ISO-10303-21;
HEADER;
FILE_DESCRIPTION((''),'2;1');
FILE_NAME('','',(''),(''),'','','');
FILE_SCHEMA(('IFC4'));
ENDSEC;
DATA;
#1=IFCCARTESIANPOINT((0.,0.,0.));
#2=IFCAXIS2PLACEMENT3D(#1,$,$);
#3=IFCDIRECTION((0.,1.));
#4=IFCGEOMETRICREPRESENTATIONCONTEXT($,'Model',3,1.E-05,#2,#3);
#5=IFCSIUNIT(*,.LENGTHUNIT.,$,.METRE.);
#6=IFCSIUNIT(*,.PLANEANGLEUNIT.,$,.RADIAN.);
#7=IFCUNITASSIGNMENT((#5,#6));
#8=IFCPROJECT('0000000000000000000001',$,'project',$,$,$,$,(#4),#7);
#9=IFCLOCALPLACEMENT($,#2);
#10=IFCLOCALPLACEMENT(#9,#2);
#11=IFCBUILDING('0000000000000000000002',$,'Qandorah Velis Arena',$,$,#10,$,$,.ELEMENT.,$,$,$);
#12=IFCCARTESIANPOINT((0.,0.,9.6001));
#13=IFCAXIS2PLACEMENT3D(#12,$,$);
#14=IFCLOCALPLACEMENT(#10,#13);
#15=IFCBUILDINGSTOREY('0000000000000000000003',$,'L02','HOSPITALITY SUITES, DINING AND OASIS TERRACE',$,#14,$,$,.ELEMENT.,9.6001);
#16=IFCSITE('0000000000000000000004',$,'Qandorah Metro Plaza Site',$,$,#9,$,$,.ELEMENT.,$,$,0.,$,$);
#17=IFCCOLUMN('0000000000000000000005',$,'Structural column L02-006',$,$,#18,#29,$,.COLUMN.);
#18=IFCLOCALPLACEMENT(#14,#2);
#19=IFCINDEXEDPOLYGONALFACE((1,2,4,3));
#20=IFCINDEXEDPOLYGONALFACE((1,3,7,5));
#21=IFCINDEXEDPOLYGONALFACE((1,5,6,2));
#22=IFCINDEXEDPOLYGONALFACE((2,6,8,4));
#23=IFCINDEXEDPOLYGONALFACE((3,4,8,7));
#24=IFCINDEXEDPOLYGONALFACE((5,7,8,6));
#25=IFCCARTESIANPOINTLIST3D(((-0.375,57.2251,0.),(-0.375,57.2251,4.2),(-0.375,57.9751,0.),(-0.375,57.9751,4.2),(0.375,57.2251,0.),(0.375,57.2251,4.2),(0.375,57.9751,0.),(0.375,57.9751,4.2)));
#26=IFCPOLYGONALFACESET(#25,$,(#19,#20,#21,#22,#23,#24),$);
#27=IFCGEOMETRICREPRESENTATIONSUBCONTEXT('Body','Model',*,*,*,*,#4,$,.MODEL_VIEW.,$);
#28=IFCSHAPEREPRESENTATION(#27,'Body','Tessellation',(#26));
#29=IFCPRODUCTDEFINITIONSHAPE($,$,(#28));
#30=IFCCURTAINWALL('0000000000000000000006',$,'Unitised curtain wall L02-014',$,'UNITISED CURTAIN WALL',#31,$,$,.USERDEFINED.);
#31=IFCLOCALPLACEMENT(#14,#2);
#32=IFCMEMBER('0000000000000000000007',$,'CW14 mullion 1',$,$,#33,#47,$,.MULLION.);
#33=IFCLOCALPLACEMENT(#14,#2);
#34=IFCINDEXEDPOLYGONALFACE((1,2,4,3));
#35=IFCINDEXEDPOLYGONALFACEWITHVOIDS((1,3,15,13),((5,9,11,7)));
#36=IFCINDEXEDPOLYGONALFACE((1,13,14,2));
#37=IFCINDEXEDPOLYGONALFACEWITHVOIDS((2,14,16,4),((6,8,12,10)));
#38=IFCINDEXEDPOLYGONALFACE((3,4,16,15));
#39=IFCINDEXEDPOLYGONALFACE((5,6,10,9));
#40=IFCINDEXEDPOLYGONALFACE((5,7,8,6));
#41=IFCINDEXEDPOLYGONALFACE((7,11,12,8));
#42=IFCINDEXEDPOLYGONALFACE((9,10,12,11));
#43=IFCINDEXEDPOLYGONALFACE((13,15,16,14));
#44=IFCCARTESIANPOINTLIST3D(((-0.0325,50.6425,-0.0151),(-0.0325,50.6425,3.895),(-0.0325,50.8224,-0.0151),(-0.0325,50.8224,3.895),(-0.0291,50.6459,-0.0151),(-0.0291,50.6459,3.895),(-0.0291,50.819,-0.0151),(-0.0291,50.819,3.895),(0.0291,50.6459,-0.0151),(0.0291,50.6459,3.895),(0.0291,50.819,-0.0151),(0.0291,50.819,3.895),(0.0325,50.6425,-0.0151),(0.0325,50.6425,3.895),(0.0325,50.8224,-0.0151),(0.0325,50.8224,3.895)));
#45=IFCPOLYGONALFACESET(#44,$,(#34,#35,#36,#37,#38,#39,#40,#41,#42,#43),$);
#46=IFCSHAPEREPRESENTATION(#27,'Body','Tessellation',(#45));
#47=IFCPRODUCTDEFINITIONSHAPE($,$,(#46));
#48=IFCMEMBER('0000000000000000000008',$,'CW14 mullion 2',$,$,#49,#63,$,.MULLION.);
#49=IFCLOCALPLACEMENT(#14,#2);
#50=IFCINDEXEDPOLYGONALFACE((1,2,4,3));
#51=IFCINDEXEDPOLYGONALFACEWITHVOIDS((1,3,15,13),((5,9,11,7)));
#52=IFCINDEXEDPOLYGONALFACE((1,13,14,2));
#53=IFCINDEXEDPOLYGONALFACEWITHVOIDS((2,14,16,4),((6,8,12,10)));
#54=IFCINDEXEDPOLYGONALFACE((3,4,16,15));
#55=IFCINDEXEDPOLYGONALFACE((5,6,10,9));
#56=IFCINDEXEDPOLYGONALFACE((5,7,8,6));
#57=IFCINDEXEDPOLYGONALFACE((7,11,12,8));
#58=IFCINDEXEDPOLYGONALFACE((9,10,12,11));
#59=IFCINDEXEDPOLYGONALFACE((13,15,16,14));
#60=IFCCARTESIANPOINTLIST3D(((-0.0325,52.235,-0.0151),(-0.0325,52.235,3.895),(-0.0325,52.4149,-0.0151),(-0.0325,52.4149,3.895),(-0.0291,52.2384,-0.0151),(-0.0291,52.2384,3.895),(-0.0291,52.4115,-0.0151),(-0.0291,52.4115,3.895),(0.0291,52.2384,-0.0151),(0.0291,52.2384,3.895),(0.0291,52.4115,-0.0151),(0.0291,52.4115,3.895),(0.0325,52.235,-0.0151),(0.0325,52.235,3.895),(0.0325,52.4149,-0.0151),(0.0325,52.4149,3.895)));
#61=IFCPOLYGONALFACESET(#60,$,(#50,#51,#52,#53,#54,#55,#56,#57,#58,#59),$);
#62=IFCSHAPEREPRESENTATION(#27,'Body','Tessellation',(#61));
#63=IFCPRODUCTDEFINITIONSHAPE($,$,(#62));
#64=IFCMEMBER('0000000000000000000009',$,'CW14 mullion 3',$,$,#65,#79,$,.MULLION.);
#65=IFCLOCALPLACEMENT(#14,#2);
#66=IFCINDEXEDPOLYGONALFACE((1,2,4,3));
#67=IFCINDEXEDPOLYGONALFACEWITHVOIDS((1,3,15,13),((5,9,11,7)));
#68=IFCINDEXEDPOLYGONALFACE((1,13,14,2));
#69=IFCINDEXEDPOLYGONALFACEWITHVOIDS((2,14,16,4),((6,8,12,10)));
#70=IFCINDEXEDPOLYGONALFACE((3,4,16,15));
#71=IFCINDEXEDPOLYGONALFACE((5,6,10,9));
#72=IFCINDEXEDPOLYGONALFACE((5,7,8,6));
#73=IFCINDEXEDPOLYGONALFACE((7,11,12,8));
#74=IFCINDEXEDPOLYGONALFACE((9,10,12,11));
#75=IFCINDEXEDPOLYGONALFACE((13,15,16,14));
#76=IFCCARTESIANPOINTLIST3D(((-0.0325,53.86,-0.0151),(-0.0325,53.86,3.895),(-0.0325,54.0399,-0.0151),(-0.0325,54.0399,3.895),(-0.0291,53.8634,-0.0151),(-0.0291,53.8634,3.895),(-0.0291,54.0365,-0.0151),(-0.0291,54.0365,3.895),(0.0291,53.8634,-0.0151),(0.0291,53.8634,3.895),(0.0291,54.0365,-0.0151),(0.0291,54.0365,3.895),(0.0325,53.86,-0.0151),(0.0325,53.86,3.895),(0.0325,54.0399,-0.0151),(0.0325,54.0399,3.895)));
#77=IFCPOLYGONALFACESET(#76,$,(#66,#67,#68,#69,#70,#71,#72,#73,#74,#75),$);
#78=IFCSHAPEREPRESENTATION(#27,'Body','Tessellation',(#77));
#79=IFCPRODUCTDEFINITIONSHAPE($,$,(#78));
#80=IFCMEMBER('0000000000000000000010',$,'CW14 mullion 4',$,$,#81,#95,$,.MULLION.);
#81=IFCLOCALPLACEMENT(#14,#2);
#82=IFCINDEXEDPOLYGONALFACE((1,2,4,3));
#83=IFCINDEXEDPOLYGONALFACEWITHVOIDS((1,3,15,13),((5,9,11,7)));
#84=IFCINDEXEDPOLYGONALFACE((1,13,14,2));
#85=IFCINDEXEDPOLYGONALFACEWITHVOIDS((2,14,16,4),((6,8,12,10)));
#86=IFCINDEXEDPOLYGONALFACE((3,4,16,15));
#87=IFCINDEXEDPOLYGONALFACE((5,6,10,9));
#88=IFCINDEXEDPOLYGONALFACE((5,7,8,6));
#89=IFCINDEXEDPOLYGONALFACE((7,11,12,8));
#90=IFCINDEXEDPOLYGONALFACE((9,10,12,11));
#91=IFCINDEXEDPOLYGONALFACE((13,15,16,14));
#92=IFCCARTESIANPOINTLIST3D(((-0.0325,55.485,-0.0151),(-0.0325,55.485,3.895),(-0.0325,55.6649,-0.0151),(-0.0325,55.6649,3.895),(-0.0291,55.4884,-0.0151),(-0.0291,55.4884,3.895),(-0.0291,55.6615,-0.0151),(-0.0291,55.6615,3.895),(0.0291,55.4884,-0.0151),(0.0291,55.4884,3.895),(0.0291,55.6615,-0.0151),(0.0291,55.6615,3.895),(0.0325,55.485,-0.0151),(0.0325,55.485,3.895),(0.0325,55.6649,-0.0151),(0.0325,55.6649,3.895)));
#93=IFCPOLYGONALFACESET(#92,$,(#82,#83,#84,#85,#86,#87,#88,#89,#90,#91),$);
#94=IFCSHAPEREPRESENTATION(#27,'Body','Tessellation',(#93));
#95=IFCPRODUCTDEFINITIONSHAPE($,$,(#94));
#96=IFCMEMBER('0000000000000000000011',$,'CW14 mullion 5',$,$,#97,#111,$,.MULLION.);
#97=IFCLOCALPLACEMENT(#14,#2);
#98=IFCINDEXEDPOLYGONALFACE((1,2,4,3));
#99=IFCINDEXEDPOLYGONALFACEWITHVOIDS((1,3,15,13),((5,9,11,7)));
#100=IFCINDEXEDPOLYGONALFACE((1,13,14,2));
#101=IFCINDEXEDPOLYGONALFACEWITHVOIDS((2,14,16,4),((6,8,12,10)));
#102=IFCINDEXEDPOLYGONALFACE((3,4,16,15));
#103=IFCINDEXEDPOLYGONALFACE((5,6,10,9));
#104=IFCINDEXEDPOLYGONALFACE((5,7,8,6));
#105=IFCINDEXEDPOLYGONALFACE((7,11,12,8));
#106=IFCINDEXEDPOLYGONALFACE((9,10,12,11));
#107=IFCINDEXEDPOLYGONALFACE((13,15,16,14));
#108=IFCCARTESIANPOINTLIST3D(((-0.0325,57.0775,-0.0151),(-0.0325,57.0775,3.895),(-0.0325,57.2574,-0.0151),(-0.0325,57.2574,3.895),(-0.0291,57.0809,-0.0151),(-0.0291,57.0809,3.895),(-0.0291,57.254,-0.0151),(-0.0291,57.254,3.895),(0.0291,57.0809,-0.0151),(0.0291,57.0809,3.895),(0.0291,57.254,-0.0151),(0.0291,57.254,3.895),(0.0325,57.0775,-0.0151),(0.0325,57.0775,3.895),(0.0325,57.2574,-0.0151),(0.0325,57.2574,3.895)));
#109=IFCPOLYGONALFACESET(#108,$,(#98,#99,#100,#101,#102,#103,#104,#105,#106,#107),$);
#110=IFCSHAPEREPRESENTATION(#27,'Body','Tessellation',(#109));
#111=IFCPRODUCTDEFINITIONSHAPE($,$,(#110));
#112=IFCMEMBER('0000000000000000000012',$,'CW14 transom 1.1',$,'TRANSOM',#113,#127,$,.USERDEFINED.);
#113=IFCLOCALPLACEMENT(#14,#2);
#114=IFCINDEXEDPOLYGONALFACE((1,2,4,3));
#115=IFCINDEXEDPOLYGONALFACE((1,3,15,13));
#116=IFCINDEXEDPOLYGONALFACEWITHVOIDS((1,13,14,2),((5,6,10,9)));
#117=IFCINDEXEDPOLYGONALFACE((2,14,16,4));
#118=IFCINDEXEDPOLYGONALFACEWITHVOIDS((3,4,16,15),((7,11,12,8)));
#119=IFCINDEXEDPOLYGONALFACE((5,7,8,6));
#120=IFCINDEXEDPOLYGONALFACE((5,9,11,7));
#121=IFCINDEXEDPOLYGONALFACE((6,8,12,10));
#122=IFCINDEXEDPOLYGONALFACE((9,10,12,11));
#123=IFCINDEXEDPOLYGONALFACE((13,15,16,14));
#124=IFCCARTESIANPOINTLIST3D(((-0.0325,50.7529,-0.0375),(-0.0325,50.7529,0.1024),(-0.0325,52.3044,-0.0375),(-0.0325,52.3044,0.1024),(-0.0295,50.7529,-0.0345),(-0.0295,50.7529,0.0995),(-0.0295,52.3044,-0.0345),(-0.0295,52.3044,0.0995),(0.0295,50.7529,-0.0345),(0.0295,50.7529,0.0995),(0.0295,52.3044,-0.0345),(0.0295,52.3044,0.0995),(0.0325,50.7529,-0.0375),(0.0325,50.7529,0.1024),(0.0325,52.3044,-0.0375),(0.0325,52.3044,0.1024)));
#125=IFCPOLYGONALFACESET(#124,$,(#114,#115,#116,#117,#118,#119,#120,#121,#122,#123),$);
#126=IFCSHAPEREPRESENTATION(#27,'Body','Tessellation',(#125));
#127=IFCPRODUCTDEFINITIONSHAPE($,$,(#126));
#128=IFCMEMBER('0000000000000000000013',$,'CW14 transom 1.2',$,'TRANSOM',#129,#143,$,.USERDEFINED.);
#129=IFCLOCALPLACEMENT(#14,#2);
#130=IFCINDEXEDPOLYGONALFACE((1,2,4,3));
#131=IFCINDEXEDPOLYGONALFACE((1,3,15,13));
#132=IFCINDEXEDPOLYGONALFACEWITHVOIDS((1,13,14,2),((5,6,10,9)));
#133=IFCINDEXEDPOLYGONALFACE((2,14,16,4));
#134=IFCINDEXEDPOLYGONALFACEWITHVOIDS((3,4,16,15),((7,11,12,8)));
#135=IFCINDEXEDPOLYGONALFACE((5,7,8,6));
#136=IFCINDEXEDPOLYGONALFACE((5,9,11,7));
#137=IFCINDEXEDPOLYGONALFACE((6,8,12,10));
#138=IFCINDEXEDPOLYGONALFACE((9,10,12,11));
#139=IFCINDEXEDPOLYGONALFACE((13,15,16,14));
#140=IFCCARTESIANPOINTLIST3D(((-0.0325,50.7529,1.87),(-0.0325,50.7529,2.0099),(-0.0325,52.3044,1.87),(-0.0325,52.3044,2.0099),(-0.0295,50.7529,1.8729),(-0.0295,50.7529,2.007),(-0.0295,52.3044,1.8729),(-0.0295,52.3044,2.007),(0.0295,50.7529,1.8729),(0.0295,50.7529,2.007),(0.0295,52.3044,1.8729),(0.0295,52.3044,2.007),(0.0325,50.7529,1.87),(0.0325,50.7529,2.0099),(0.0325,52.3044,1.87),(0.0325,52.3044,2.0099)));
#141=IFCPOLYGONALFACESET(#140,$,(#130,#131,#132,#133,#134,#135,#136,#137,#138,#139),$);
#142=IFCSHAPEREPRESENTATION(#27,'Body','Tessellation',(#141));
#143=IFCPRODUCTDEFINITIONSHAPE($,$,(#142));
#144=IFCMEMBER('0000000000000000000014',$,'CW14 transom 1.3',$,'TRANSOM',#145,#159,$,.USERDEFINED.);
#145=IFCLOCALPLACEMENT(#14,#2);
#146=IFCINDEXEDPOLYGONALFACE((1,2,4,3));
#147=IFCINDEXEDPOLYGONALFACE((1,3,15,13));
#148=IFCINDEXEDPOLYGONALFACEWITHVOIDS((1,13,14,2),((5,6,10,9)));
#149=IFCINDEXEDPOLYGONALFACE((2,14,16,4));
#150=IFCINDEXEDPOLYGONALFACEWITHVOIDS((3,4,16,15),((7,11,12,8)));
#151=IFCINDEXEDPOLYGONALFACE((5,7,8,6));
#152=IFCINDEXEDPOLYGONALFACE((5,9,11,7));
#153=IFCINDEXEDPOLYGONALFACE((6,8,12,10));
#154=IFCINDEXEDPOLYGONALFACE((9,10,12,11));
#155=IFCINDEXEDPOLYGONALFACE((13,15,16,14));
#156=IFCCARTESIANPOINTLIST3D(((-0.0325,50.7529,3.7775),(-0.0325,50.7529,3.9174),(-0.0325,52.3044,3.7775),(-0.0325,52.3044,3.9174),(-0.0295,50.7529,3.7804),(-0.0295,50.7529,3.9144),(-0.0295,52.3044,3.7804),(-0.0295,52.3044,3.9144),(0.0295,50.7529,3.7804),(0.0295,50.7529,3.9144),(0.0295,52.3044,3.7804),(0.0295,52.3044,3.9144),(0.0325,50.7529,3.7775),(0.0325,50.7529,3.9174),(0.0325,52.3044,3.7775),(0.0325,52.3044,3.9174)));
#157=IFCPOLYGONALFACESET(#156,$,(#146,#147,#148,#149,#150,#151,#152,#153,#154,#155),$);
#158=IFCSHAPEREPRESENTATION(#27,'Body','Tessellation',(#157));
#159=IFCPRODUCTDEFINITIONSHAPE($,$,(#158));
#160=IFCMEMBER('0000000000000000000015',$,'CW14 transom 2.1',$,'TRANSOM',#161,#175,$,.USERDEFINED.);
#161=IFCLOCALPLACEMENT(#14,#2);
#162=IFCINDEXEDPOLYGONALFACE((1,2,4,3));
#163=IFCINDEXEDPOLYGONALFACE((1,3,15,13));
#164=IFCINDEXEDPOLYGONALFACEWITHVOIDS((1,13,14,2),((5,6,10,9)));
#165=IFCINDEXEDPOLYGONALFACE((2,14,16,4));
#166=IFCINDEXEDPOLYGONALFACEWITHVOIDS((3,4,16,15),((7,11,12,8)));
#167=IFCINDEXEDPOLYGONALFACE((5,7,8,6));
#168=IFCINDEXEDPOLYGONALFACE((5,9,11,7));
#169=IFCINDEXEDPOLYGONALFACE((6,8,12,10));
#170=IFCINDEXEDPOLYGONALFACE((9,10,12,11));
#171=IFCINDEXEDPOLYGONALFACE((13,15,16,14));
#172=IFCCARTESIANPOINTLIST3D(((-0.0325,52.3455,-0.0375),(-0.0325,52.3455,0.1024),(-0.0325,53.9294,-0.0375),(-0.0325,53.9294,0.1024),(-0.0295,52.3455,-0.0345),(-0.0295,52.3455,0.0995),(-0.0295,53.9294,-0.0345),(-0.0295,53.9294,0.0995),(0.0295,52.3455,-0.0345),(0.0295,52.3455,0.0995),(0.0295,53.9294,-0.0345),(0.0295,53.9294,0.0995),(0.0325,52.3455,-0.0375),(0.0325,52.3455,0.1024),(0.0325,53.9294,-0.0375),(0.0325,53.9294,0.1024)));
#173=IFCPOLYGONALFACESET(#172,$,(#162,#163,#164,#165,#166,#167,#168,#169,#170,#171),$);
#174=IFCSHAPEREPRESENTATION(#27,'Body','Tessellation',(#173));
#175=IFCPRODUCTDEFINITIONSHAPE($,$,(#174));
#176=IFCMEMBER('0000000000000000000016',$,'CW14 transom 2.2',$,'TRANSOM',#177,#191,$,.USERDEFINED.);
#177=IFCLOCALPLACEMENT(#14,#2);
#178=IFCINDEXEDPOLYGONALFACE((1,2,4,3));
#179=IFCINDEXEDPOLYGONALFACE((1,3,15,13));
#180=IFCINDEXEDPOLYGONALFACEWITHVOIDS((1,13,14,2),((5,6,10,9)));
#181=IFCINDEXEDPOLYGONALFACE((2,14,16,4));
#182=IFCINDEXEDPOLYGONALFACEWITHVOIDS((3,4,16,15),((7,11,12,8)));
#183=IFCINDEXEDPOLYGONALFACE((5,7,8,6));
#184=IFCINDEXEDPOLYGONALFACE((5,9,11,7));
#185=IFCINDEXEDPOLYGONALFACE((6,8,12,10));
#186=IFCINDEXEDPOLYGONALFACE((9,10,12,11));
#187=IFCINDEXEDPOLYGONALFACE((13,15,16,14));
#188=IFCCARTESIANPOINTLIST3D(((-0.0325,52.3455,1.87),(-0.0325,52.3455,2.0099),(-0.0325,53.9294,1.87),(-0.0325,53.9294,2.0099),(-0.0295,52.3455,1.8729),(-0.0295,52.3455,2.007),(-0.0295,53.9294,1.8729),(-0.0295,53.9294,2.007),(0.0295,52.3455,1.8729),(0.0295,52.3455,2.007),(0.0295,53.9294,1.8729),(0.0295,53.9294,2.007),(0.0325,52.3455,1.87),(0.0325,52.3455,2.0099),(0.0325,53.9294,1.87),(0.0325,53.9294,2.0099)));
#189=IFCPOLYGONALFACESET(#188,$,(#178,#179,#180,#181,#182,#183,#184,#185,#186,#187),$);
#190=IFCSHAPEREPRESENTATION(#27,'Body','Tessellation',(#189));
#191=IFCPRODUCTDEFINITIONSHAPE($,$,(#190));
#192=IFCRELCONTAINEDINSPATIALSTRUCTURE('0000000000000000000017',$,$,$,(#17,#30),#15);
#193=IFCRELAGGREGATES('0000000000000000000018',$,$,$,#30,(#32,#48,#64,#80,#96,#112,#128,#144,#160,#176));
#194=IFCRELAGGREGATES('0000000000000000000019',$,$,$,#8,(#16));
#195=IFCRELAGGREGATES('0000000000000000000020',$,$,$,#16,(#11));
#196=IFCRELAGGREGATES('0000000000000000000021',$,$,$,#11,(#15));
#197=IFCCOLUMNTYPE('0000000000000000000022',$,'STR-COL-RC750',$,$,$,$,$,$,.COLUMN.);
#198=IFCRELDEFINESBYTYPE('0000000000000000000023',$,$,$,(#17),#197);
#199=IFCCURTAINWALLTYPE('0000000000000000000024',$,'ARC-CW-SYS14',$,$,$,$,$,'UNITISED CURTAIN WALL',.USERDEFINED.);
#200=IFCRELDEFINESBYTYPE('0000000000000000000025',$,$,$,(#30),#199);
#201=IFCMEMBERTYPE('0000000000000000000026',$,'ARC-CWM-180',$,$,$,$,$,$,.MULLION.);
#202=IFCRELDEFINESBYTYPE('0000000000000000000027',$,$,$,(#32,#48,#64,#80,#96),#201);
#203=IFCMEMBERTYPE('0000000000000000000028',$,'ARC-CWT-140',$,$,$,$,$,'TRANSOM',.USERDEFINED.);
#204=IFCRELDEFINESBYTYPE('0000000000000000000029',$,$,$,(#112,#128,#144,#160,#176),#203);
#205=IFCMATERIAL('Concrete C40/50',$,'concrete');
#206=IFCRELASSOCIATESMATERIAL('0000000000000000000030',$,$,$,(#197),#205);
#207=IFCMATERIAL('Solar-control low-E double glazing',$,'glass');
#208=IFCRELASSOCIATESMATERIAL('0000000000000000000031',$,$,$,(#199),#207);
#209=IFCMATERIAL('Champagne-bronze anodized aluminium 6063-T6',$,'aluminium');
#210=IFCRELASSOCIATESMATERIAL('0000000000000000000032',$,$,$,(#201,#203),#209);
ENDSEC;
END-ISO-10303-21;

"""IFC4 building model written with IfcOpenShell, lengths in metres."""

from ifc_helpers import new_model, si_unit, direction, frame, origin, origin_2d, place, context, subcontext, project, spatial, rectangle, hollow_rectangle, extrude, material, material_profile, profile_set, type_object, element, aggregate, save


model = new_model("IFC4")

# Units and contexts
model_context = context("Model", 3, precision=1e-05, world=origin(), true_north=direction((0.0, 1.0)))
body_context = subcontext(model_context, "Body", "Model", "MODEL_VIEW")
ifc_project = project(units=[si_unit("LENGTHUNIT", "METRE"), si_unit("PLANEANGLEUNIT", "RADIAN")], contexts=[model_context])

# Site, building, storey
site_placement = place(None, origin())
site = spatial("IfcSite", under=ifc_project, at=site_placement, Name="Qandorah Metro Plaza Site", CompositionType="ELEMENT", RefElevation=0.0)
building_placement = place(site_placement, origin())
building = spatial("IfcBuilding", under=site, at=building_placement, Name="Qandorah Velis Arena", CompositionType="ELEMENT")
storey_placement = place(building_placement, frame((0.0, 0.0, 9.6001)))
storey = spatial("IfcBuildingStorey", under=building, at=storey_placement, Name="L02", Description="HOSPITALITY SUITES, DINING AND OASIS TERRACE", CompositionType="ELEMENT", Elevation=9.6001)

# Column
ifc_material_1 = material(Name="Concrete C40/50", Category="concrete")
ifc_material_profile_1 = material_profile(ifc_material_1, rectangle(XDim=0.75, YDim=0.75, at=origin_2d()), Name="RC COL 750x750")
ifc_profile_set_1 = profile_set([ifc_material_profile_1], Name="Concrete C40/50")
column_type = type_object("IfcColumnType", Name="STR-COL-RC750", PredefinedType="COLUMN", material=ifc_profile_set_1)
column_placement = place(storey_placement, frame((0.0, 57.6001, 0.0), z_axis=(0.0, 0.0, 1.0), x_axis=(1.0, 0.0, 0.0)))
element("IfcColumn", 1, at=column_placement, inside=storey, type_object=column_type, Name="Structural column L02-006", PredefinedType="COLUMN", context=body_context, shape_type="SweptSolid", body=[
    extrude(rectangle(XDim=0.75, YDim=0.75, at=origin_2d()), origin(), (0.0, 0.0, 1.0), 4.2),
])

# Curtain wall, members
ifc_material_2 = material(Name="Solar-control low-E double glazing", Category="glass")
curtain_wall_type = type_object("IfcCurtainWallType", Name="ARC-CW-SYS14", ElementType="UNITISED CURTAIN WALL", PredefinedType="USERDEFINED", material=ifc_material_2)
curtain_wall_placement = place(storey_placement, origin())
curtain_wall = element("IfcCurtainWall", 2, at=curtain_wall_placement, inside=storey, type_object=curtain_wall_type, Name="Unitised curtain wall L02-014", ObjectType="UNITISED CURTAIN WALL", PredefinedType="USERDEFINED")
ifc_material_3 = material(Name="Champagne-bronze anodized aluminium 6063-T6", Category="aluminium")
ifc_material_profile_2 = material_profile(ifc_material_3, hollow_rectangle(XDim=0.0649, YDim=0.1799, WallThickness=0.0034, at=origin_2d()), Name="ALU MULLION 65x180")
ifc_profile_set_2 = profile_set([ifc_material_profile_2], Name="Champagne-bronze anodized aluminium 6063-T6")
member_type_1 = type_object("IfcMemberType", Name="ARC-CWM-180", PredefinedType="MULLION", material=ifc_profile_set_2)
member_1_placement = place(storey_placement, frame((0.0, 50.7324, -0.0151), z_axis=(0.0, 0.0, 1.0), x_axis=(-1.0, 0.0, 0.0)))
member_1 = element("IfcMember", 3, at=member_1_placement, type_object=member_type_1, Name="CW14 mullion 1", PredefinedType="MULLION", context=body_context, shape_type="SweptSolid", body=[
    extrude(hollow_rectangle(XDim=0.0649, YDim=0.1799, WallThickness=0.0034, at=origin_2d()), origin(), (0.0, 0.0, 1.0), 3.9102),
])
member_2_placement = place(storey_placement, frame((0.0, 52.325, -0.0151), z_axis=(0.0, 0.0, 1.0), x_axis=(-1.0, 0.0, 0.0)))
member_2 = element("IfcMember", 4, at=member_2_placement, type_object=member_type_1, Name="CW14 mullion 2", PredefinedType="MULLION", context=body_context, shape_type="SweptSolid", body=[
    extrude(hollow_rectangle(XDim=0.0649, YDim=0.1799, WallThickness=0.0034, at=origin_2d()), origin(), (0.0, 0.0, 1.0), 3.9102),
])
member_3_placement = place(storey_placement, frame((0.0, 53.95, -0.0151), z_axis=(0.0, 0.0, 1.0), x_axis=(-1.0, 0.0, 0.0)))
member_3 = element("IfcMember", 5, at=member_3_placement, type_object=member_type_1, Name="CW14 mullion 3", PredefinedType="MULLION", context=body_context, shape_type="SweptSolid", body=[
    extrude(hollow_rectangle(XDim=0.0649, YDim=0.1799, WallThickness=0.0034, at=origin_2d()), origin(), (0.0, 0.0, 1.0), 3.9102),
])
member_4_placement = place(storey_placement, frame((0.0, 55.575, -0.0151), z_axis=(0.0, 0.0, 1.0), x_axis=(-1.0, 0.0, 0.0)))
member_4 = element("IfcMember", 6, at=member_4_placement, type_object=member_type_1, Name="CW14 mullion 4", PredefinedType="MULLION", context=body_context, shape_type="SweptSolid", body=[
    extrude(hollow_rectangle(XDim=0.0649, YDim=0.1799, WallThickness=0.0034, at=origin_2d()), origin(), (0.0, 0.0, 1.0), 3.9102),
])
member_5_placement = place(storey_placement, frame((0.0, 57.1675, -0.0151), z_axis=(0.0, 0.0, 1.0), x_axis=(-1.0, 0.0, 0.0)))
member_5 = element("IfcMember", 7, at=member_5_placement, type_object=member_type_1, Name="CW14 mullion 5", PredefinedType="MULLION", context=body_context, shape_type="SweptSolid", body=[
    extrude(hollow_rectangle(XDim=0.0649, YDim=0.1799, WallThickness=0.0034, at=origin_2d()), origin(), (0.0, 0.0, 1.0), 3.9102),
])
ifc_material_profile_3 = material_profile(ifc_material_3, hollow_rectangle(XDim=0.0649, YDim=0.1399, WallThickness=0.0029, at=origin_2d()), Name="ALU TRANSOM 65x140")
ifc_profile_set_3 = profile_set([ifc_material_profile_3], Name="Champagne-bronze anodized aluminium 6063-T6")
member_type_2 = type_object("IfcMemberType", Name="ARC-CWT-140", ElementType="TRANSOM", PredefinedType="USERDEFINED", material=ifc_profile_set_3)
member_6_placement = place(storey_placement, frame((0.0, 50.7529, 0.0325), z_axis=(0.0, 1.0, 0.0), x_axis=(-1.0, 0.0, 0.0)))
member_6 = element("IfcMember", 8, at=member_6_placement, type_object=member_type_2, Name="CW14 transom 1.1", ObjectType="TRANSOM", PredefinedType="USERDEFINED", context=body_context, shape_type="SweptSolid", body=[
    extrude(hollow_rectangle(XDim=0.0649, YDim=0.1399, WallThickness=0.0029, at=origin_2d()), origin(), (0.0, 0.0, 1.0), 1.5515),
])
member_7_placement = place(storey_placement, frame((0.0, 50.7529, 1.9399), z_axis=(0.0, 1.0, 0.0), x_axis=(-1.0, 0.0, 0.0)))
member_7 = element("IfcMember", 9, at=member_7_placement, type_object=member_type_2, Name="CW14 transom 1.2", ObjectType="TRANSOM", PredefinedType="USERDEFINED", context=body_context, shape_type="SweptSolid", body=[
    extrude(hollow_rectangle(XDim=0.0649, YDim=0.1399, WallThickness=0.0029, at=origin_2d()), origin(), (0.0, 0.0, 1.0), 1.5515),
])
member_8_placement = place(storey_placement, frame((0.0, 50.7529, 3.8474), z_axis=(0.0, 1.0, 0.0), x_axis=(-1.0, 0.0, 0.0)))
member_8 = element("IfcMember", 10, at=member_8_placement, type_object=member_type_2, Name="CW14 transom 1.3", ObjectType="TRANSOM", PredefinedType="USERDEFINED", context=body_context, shape_type="SweptSolid", body=[
    extrude(hollow_rectangle(XDim=0.0649, YDim=0.1399, WallThickness=0.0029, at=origin_2d()), origin(), (0.0, 0.0, 1.0), 1.5515),
])
member_9_placement = place(storey_placement, frame((0.0, 52.3455, 0.0325), z_axis=(0.0, 1.0, 0.0), x_axis=(-1.0, 0.0, 0.0)))
member_9 = element("IfcMember", 11, at=member_9_placement, type_object=member_type_2, Name="CW14 transom 2.1", ObjectType="TRANSOM", PredefinedType="USERDEFINED", context=body_context, shape_type="SweptSolid", body=[
    extrude(hollow_rectangle(XDim=0.0649, YDim=0.1399, WallThickness=0.0029, at=origin_2d()), origin(), (0.0, 0.0, 1.0), 1.584),
])
member_10_placement = place(storey_placement, frame((0.0, 52.3455, 1.9399), z_axis=(0.0, 1.0, 0.0), x_axis=(-1.0, 0.0, 0.0)))
member_10 = element("IfcMember", 12, at=member_10_placement, type_object=member_type_2, Name="CW14 transom 2.2", ObjectType="TRANSOM", PredefinedType="USERDEFINED", context=body_context, shape_type="SweptSolid", body=[
    extrude(hollow_rectangle(XDim=0.0649, YDim=0.1399, WallThickness=0.0029, at=origin_2d()), origin(), (0.0, 0.0, 1.0), 1.584),
])

aggregate(curtain_wall, [member_1, member_2, member_3, member_4, member_5, member_6, member_7, member_8, member_9, member_10])

save(model, "model.ifc")
